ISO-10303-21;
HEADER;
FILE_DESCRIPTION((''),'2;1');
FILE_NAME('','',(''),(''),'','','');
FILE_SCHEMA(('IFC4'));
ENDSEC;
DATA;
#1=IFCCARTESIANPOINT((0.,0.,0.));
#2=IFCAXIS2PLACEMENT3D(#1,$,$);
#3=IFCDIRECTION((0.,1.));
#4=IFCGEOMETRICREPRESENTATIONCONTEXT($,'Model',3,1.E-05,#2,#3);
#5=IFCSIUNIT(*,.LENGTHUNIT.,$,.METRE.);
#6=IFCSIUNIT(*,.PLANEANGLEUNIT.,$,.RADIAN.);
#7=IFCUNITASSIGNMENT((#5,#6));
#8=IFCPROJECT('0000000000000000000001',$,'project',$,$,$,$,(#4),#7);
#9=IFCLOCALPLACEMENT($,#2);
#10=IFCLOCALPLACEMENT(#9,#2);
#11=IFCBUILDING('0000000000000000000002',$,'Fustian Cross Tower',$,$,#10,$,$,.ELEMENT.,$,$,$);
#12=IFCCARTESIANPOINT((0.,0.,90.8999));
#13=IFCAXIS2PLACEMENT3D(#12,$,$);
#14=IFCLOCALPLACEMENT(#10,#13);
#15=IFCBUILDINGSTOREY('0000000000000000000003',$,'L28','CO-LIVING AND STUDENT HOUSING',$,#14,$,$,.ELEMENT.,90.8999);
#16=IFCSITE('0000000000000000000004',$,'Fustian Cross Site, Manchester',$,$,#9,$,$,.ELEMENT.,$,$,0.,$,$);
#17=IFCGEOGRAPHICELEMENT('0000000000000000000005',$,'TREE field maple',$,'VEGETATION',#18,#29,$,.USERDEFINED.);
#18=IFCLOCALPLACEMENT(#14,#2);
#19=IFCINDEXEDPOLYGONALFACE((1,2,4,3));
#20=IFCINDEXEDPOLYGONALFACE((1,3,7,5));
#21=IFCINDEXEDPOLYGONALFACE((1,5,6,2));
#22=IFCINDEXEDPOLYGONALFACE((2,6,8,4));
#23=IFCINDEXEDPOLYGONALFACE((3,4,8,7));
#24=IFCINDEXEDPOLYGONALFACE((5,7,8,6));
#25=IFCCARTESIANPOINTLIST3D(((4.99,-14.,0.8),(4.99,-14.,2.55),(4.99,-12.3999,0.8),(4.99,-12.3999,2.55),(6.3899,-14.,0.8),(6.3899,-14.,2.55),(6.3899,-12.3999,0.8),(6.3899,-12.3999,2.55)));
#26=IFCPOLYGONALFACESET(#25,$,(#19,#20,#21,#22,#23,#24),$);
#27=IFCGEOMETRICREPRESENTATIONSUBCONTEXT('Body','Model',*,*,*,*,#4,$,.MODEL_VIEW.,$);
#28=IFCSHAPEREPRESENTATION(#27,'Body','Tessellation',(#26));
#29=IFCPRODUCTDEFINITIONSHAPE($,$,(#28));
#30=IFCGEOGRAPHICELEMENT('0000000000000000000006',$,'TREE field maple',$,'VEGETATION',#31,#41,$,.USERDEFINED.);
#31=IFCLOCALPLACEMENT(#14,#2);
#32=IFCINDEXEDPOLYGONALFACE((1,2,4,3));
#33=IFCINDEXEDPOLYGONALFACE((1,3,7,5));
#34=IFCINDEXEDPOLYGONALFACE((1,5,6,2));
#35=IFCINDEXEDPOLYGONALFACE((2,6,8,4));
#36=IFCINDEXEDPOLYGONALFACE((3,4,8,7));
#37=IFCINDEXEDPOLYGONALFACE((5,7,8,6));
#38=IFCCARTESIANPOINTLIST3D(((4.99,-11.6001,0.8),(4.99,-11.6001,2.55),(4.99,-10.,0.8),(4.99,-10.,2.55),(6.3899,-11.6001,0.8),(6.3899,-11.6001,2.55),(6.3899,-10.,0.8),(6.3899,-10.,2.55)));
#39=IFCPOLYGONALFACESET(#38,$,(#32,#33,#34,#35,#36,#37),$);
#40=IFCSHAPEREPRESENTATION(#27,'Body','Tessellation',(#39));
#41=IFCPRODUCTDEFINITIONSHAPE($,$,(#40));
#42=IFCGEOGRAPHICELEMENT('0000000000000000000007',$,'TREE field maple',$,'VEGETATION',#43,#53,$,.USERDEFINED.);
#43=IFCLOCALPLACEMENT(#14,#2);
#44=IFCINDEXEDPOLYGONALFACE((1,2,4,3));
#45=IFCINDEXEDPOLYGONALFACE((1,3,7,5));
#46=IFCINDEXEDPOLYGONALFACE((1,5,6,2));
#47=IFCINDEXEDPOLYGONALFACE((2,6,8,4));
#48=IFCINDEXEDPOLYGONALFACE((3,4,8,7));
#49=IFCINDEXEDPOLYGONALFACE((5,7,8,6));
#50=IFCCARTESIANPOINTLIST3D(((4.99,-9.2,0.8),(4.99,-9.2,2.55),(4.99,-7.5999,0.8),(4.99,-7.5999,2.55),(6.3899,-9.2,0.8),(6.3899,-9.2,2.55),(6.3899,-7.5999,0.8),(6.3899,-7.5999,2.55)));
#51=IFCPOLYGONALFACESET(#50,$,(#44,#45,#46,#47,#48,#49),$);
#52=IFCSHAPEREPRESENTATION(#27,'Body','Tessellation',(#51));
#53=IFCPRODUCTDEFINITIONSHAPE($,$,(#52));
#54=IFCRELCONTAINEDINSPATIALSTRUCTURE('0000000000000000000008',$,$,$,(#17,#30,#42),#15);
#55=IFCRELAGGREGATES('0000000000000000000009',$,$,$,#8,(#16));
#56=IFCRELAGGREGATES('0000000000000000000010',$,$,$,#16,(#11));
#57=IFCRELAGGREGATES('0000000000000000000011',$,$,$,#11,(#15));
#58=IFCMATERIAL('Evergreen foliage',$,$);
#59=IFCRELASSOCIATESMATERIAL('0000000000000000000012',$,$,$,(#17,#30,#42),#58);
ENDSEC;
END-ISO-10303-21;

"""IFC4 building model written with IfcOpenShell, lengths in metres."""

from ifc_helpers import new_model, si_unit, direction, frame, origin, origin_2d, place, context, subcontext, project, spatial, rectangle, extrude, material, element, save


model = new_model("IFC4")

# Units and contexts
model_context = context("Model", 3, precision=1e-05, world=origin(), true_north=direction((0.0, 1.0)))
body_context = subcontext(model_context, "Body", "Model", "MODEL_VIEW")
ifc_project = project(units=[si_unit("LENGTHUNIT", "METRE"), si_unit("PLANEANGLEUNIT", "RADIAN")], contexts=[model_context])

# Site, building, storey
site_placement = place(None, origin())
site = spatial("IfcSite", under=ifc_project, at=site_placement, Name="Fustian Cross Site, Manchester", CompositionType="ELEMENT", RefElevation=0.0)
building_placement = place(site_placement, origin())
building = spatial("IfcBuilding", under=site, at=building_placement, Name="Fustian Cross Tower", CompositionType="ELEMENT")
storey_placement = place(building_placement, frame((0.0, 0.0, 90.8999)))
storey = spatial("IfcBuildingStorey", under=building, at=storey_placement, Name="L28", Description="CO-LIVING AND STUDENT HOUSING", CompositionType="ELEMENT", Elevation=90.8999)

# Geographic elements
ifc_material_1 = material(Name="Evergreen foliage")
for number, where, z_axis, x_axis, name in (
    (1, (5.6899, -13.2, 0.8), (0.0, 0.0, 1.0), (1.0, 0.0, 0.0), "TREE field maple"),
    (2, (5.6899, -10.8, 0.8), (0.0, 0.0, 1.0), (1.0, 0.0, 0.0), "TREE field maple"),
    (3, (5.6899, -8.3999, 0.8), (0.0, 0.0, 1.0), (1.0, 0.0, 0.0), "TREE field maple"),
):
    element("IfcGeographicElement", number, at=place(storey_placement, frame(where, z_axis=z_axis, x_axis=x_axis)), inside=storey, material=ifc_material_1, Name=name, ObjectType="VEGETATION", PredefinedType="USERDEFINED", context=body_context, shape_type="SweptSolid", body=[
        extrude(rectangle(XDim=1.3999, YDim=1.6001, at=origin_2d()), origin(), (0.0, 0.0, 1.0), 1.75),
    ])

save(model, "model.ifc")
